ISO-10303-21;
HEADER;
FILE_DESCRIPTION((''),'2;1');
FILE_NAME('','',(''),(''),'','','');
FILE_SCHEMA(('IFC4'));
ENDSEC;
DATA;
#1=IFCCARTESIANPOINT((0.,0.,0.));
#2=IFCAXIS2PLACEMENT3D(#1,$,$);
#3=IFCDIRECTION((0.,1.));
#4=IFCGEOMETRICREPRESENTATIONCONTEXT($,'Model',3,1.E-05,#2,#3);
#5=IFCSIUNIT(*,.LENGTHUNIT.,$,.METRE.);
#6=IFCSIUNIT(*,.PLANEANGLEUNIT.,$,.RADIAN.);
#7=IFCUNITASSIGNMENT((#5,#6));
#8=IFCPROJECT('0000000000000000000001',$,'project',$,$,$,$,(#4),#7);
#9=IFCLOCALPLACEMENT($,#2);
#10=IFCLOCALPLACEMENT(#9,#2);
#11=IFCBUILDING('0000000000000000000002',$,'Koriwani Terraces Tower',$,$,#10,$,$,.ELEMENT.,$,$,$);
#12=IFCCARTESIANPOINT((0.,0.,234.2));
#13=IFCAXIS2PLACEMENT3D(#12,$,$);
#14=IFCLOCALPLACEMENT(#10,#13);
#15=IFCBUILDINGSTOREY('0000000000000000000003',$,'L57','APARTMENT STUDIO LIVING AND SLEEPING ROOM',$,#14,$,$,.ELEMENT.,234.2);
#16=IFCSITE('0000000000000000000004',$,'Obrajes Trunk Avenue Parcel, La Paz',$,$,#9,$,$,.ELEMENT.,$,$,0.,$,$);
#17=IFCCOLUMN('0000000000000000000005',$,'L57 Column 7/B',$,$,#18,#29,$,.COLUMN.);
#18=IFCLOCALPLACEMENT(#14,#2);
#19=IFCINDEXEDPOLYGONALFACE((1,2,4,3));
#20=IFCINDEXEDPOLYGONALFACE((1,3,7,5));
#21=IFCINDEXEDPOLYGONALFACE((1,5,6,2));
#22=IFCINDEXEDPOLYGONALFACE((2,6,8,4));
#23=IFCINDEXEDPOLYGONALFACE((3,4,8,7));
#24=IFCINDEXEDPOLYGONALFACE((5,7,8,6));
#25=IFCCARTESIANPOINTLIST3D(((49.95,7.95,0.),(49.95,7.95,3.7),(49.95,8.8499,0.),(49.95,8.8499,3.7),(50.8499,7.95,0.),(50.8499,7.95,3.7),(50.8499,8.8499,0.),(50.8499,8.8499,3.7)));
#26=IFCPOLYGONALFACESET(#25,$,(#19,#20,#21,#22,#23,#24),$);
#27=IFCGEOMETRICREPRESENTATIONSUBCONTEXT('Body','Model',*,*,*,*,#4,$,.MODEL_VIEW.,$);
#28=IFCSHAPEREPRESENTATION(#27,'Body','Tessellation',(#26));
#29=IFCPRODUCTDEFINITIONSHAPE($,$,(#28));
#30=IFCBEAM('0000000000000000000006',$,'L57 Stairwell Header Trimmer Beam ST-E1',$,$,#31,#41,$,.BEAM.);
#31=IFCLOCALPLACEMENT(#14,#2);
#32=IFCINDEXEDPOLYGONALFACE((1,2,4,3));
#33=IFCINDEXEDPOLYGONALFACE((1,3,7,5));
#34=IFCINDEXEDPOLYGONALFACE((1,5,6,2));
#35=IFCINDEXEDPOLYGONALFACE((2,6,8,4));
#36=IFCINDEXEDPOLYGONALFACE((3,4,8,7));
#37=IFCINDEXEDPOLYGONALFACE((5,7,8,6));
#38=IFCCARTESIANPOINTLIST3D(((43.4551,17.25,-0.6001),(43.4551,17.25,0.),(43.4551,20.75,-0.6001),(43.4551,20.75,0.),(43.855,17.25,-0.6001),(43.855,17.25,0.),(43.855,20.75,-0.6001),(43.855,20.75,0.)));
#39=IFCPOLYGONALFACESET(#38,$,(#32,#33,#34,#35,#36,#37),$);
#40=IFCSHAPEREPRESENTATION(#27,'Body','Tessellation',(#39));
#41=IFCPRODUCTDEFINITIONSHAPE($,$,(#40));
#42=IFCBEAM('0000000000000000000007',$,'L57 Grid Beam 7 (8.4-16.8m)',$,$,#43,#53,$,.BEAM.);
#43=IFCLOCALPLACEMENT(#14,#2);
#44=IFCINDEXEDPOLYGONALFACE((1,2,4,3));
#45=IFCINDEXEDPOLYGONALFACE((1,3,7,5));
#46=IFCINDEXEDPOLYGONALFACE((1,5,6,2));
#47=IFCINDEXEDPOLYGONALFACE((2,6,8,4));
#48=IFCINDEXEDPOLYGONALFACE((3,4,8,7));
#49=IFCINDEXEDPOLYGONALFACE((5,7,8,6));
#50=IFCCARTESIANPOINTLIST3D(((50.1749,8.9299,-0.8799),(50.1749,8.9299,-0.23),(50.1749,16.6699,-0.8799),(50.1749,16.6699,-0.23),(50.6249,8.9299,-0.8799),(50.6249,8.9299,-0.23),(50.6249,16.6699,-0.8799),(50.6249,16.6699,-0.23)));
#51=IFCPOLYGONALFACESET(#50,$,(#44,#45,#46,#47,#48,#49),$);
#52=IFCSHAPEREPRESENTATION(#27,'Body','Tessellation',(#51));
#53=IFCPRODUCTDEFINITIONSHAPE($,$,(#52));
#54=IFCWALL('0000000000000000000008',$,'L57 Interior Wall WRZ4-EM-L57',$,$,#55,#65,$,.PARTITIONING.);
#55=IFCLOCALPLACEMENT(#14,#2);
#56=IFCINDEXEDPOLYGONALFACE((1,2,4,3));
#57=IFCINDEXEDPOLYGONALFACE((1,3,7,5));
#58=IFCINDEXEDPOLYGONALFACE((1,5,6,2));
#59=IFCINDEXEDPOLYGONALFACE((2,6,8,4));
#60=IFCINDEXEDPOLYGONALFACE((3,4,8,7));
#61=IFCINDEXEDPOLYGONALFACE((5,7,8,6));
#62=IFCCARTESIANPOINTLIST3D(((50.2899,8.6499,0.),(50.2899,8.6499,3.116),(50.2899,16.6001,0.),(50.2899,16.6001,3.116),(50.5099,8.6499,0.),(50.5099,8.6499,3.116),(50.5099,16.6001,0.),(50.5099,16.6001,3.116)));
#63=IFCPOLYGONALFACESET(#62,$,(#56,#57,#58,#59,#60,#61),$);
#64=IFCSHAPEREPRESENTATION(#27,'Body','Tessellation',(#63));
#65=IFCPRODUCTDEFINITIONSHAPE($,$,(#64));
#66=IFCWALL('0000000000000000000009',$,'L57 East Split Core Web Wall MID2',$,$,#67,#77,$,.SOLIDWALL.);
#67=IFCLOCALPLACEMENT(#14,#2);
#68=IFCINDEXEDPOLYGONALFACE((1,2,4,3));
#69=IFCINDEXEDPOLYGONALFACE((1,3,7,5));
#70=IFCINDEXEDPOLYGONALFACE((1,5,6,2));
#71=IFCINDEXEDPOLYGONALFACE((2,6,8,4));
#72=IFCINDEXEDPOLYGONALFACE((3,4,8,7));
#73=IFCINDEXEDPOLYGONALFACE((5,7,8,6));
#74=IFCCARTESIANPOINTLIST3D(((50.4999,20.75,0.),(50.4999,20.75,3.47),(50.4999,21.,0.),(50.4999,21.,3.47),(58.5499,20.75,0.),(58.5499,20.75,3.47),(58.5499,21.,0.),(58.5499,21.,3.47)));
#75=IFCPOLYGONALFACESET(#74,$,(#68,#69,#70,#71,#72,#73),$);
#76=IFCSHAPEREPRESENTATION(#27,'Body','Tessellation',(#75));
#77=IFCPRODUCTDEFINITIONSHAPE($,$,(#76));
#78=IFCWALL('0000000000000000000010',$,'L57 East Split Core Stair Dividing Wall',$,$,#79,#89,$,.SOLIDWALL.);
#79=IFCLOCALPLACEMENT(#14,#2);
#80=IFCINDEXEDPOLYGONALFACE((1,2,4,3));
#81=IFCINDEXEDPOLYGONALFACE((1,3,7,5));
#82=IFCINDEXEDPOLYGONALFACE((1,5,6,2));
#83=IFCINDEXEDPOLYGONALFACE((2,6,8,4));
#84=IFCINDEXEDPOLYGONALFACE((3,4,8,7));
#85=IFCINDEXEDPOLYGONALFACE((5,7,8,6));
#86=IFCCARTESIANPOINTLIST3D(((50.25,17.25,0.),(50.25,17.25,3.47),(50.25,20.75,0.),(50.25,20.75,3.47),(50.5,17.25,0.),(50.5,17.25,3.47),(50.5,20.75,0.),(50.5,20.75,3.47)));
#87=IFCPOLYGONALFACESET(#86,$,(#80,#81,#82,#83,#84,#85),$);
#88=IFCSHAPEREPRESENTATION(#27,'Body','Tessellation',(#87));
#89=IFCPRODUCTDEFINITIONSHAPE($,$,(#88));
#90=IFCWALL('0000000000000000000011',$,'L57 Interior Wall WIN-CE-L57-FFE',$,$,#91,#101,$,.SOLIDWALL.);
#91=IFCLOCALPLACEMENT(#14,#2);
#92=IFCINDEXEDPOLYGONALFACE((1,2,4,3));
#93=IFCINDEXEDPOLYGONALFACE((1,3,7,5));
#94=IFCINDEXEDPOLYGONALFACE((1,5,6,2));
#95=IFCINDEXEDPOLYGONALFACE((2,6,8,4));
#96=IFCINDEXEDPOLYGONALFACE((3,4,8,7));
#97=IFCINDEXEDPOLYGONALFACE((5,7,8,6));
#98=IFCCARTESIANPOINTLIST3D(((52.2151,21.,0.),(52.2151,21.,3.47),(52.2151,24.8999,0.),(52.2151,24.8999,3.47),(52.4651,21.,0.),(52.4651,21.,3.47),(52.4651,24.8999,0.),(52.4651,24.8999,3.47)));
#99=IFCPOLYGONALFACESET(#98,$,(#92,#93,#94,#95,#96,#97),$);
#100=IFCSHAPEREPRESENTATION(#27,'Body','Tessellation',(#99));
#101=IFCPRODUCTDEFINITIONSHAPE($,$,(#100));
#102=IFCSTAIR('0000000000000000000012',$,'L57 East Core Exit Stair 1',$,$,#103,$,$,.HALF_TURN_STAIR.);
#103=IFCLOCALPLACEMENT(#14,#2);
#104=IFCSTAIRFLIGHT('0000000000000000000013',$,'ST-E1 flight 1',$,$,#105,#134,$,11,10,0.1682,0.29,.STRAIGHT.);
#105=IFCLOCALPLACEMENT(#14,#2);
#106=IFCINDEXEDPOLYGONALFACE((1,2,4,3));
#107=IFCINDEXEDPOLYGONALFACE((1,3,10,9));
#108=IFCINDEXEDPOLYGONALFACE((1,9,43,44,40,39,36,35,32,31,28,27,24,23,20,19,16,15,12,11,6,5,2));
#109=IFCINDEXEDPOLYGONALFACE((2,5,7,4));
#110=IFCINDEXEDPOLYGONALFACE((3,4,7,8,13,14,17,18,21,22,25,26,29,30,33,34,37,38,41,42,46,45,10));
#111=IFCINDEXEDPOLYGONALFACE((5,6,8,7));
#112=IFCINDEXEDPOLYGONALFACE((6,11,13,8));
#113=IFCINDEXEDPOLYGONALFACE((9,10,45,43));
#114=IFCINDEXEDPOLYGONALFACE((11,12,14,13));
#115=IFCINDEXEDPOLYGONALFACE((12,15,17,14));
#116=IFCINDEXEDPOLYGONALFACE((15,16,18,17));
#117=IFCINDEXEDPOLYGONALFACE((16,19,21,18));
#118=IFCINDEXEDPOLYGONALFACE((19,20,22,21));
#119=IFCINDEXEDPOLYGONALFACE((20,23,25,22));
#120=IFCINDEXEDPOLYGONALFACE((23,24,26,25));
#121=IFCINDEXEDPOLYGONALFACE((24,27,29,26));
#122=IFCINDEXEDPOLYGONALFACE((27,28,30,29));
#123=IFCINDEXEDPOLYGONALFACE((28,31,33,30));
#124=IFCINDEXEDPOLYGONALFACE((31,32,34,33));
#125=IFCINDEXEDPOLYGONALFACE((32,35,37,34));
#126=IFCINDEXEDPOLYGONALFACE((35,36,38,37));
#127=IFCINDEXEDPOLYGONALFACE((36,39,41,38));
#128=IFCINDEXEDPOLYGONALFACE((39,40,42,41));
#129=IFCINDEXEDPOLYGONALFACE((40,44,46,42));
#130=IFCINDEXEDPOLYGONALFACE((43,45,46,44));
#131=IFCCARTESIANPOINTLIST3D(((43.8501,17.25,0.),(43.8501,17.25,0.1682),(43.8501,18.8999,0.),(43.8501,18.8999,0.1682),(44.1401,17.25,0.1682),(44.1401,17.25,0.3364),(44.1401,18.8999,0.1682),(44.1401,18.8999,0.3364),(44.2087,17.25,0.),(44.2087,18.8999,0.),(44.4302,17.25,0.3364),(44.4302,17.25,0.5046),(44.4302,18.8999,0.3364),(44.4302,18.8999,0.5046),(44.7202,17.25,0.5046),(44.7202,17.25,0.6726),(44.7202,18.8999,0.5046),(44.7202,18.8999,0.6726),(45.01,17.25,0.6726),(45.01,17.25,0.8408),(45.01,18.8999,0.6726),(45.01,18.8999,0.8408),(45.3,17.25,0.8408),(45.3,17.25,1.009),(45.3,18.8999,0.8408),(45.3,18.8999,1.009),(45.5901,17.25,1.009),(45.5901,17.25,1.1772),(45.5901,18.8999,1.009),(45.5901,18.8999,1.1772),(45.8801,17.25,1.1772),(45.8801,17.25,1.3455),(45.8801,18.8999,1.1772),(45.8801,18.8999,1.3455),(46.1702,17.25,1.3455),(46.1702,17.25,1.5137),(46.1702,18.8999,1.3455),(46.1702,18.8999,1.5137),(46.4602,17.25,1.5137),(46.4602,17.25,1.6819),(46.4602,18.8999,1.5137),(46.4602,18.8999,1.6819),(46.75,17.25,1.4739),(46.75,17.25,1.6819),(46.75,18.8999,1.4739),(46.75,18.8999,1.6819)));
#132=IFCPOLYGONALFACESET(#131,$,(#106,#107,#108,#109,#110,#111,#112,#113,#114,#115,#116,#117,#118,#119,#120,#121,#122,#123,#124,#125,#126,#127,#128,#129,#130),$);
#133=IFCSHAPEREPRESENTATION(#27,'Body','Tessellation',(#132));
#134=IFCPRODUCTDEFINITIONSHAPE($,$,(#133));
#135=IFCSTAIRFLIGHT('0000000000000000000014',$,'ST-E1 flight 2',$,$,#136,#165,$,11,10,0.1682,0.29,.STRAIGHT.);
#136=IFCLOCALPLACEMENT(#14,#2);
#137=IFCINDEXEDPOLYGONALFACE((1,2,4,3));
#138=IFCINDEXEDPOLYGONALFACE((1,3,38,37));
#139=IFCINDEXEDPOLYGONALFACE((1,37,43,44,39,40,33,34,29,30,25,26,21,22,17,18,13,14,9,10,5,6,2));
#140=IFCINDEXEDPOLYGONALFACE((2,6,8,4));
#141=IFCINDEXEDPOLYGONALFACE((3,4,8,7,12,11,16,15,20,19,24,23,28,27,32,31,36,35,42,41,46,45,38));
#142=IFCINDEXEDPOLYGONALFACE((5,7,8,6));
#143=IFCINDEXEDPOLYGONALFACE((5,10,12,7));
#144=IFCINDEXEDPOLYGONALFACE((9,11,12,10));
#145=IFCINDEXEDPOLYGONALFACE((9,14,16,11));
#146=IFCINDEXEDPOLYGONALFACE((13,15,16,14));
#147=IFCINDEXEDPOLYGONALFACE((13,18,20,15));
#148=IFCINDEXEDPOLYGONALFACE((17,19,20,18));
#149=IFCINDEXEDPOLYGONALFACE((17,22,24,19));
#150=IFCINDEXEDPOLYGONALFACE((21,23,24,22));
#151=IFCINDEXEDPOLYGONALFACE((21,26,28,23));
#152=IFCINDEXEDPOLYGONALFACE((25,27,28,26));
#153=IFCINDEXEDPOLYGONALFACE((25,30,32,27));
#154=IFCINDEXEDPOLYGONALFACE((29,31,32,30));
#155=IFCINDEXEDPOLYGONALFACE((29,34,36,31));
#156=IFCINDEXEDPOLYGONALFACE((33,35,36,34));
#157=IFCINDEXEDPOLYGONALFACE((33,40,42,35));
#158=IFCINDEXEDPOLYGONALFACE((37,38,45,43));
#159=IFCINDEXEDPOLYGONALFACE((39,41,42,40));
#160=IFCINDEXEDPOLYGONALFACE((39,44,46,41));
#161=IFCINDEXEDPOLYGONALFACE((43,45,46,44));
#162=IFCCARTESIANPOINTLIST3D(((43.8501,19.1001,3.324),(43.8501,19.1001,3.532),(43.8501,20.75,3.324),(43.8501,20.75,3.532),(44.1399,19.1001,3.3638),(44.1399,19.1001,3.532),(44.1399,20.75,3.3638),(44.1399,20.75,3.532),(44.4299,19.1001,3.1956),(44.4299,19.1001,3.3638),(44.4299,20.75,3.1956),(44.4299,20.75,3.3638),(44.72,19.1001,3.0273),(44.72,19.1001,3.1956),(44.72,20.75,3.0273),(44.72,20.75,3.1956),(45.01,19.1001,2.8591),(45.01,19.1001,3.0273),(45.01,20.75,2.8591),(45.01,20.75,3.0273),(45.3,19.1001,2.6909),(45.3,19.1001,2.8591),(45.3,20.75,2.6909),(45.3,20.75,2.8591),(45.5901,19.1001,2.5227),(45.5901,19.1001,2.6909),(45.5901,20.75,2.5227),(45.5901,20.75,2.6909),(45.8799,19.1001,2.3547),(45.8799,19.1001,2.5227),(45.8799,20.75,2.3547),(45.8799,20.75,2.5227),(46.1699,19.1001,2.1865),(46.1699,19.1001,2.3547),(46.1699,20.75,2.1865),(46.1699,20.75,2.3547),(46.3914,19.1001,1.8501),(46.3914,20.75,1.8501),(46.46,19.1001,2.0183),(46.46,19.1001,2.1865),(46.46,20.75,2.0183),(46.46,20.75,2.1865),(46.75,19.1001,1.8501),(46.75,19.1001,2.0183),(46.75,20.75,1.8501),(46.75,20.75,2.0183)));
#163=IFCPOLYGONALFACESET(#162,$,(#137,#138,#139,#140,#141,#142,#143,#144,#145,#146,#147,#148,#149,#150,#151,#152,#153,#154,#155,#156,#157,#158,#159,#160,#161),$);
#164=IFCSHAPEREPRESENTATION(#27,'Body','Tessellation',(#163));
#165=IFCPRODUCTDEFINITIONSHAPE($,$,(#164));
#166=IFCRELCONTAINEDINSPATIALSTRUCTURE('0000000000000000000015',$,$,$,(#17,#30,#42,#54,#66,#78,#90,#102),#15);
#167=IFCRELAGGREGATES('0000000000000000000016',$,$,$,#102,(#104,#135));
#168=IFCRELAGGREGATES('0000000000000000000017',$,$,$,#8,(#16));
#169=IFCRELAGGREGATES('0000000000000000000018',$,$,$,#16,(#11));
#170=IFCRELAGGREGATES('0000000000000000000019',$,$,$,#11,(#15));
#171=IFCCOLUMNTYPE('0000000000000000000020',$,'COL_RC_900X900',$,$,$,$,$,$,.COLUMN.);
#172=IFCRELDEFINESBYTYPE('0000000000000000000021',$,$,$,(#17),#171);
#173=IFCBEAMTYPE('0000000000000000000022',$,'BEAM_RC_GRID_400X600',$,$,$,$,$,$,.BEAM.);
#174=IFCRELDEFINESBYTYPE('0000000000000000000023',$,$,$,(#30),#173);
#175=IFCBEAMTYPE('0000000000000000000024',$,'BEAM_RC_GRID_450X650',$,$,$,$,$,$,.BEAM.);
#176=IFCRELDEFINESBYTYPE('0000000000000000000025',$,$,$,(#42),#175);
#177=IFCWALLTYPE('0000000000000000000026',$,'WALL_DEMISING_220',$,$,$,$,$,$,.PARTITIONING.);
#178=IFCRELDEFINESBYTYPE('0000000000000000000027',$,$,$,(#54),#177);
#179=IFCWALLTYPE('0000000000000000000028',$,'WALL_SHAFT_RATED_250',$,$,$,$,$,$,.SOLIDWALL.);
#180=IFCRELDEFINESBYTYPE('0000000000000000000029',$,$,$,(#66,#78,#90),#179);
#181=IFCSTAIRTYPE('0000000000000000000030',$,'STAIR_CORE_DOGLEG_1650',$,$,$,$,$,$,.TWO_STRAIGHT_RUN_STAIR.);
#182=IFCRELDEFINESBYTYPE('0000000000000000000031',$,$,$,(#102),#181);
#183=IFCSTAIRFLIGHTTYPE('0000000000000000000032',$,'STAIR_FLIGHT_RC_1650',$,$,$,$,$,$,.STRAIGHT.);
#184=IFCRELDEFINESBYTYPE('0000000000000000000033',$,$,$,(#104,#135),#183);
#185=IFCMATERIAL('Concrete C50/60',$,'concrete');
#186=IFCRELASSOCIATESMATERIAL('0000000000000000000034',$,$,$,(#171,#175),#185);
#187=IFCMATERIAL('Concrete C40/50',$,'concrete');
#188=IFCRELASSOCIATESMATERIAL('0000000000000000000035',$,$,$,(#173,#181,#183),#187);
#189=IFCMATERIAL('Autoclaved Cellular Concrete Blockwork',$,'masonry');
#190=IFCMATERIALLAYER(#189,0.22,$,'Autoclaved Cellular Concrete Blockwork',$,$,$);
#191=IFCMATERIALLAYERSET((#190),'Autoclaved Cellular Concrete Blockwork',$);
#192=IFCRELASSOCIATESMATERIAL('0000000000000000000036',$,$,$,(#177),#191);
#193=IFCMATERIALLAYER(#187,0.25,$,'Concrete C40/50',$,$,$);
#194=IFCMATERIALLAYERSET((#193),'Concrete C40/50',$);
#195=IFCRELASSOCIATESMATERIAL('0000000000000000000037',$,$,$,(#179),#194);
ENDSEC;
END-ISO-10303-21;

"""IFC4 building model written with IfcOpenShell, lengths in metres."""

from ifc_helpers import new_model, si_unit, direction, frame, frame_2d, origin, origin_2d, place, context, subcontext, project, spatial, polyline, rectangle, outline, extrude, material, layer, layer_set, material_profile, profile_set, type_object, element, aggregate, save


model = new_model("IFC4")

# Units and contexts
model_context = context("Model", 3, precision=1e-05, world=origin(), true_north=direction((0.0, 1.0)))
body_context = subcontext(model_context, "Body", "Model", "MODEL_VIEW")
ifc_project = project(units=[si_unit("LENGTHUNIT", "METRE"), si_unit("PLANEANGLEUNIT", "RADIAN")], contexts=[model_context])

# Site, building, storey
site_placement = place(None, origin())
site = spatial("IfcSite", under=ifc_project, at=site_placement, Name="Obrajes Trunk Avenue Parcel, La Paz", CompositionType="ELEMENT", RefElevation=0.0)
building_placement = place(site_placement, origin())
building = spatial("IfcBuilding", under=site, at=building_placement, Name="Koriwani Terraces Tower", CompositionType="ELEMENT")
storey_placement = place(building_placement, frame((0.0, 0.0, 234.2)))
storey = spatial("IfcBuildingStorey", under=building, at=storey_placement, Name="L57", Description="APARTMENT STUDIO LIVING AND SLEEPING ROOM", CompositionType="ELEMENT", Elevation=234.2)

# Column
ifc_material_1 = material(Name="Concrete C50/60", Category="concrete")
ifc_material_profile_1 = material_profile(ifc_material_1, rectangle(XDim=0.8999, YDim=0.8999, at=origin_2d()), Name="Concrete C50/60", Category="LoadBearing")
ifc_profile_set_1 = profile_set([ifc_material_profile_1], Name="Concrete C50/60")
column_type = type_object("IfcColumnType", Name="COL_RC_900X900", PredefinedType="COLUMN", material=ifc_profile_set_1)
column_placement = place(storey_placement, frame((50.3999, 8.3999, 0.0), z_axis=(0.0, 0.0, 1.0), x_axis=(1.0, 0.0, 0.0)))
element("IfcColumn", 1, at=column_placement, inside=storey, type_object=column_type, Name="L57 Column 7/B", PredefinedType="COLUMN", context=body_context, shape_type="SweptSolid", body=[
    extrude(rectangle(XDim=0.8999, YDim=0.8999, at=origin_2d()), origin(), (0.0, 0.0, 1.0), 3.7),
])

# Beams
ifc_material_2 = material(Name="Concrete C40/50", Category="concrete")
ifc_material_profile_2 = material_profile(ifc_material_2, rectangle(XDim=0.3999, YDim=0.6001, at=origin_2d()), Name="Concrete C40/50", Category="LoadBearing")
ifc_profile_set_2 = profile_set([ifc_material_profile_2], Name="Concrete C40/50")
beam_type_1 = type_object("IfcBeamType", Name="BEAM_RC_GRID_400X600", PredefinedType="BEAM", material=ifc_profile_set_2)
beam_1_placement = place(storey_placement, frame((43.655, 17.25, -0.3), z_axis=(0.0, 1.0, 0.0), x_axis=(-1.0, 0.0, 0.0)))
element("IfcBeam", 2, at=beam_1_placement, inside=storey, type_object=beam_type_1, Name="L57 Stairwell Header Trimmer Beam ST-E1", PredefinedType="BEAM", context=body_context, shape_type="SweptSolid", body=[
    extrude(rectangle(XDim=0.3999, YDim=0.6001, at=origin_2d()), origin(), (0.0, 0.0, 1.0), 3.5),
])
ifc_material_profile_3 = material_profile(ifc_material_1, rectangle(XDim=0.45, YDim=0.6499, at=origin_2d()), Name="Concrete C50/60", Category="LoadBearing")
ifc_profile_set_3 = profile_set([ifc_material_profile_3], Name="Concrete C50/60")
beam_type_2 = type_object("IfcBeamType", Name="BEAM_RC_GRID_450X650", PredefinedType="BEAM", material=ifc_profile_set_3)
beam_2_placement = place(storey_placement, frame((50.3999, 8.9299, -0.5549), z_axis=(0.0, 1.0, 0.0), x_axis=(-1.0, 0.0, 0.0)))
element("IfcBeam", 3, at=beam_2_placement, inside=storey, type_object=beam_type_2, Name="L57 Grid Beam 7 (8.4-16.8m)", PredefinedType="BEAM", context=body_context, shape_type="SweptSolid", body=[
    extrude(rectangle(XDim=0.45, YDim=0.6499, at=origin_2d()), origin(), (0.0, 0.0, 1.0), 7.74),
])

# Walls
ifc_material_3 = material(Name="Autoclaved Cellular Concrete Blockwork", Category="masonry")
ifc_layer_1 = layer(ifc_material_3, 0.22, Name="Autoclaved Cellular Concrete Blockwork")
ifc_layer_set_1 = layer_set([ifc_layer_1], Name="Autoclaved Cellular Concrete Blockwork")
wall_type_1 = type_object("IfcWallType", Name="WALL_DEMISING_220", PredefinedType="PARTITIONING", material=ifc_layer_set_1)
wall_1_placement = place(storey_placement, frame((50.3999, 8.6499, 0.0), z_axis=(0.0, 0.0, 1.0), x_axis=(0.0, 1.0, 0.0)))
element("IfcWall", 4, at=wall_1_placement, inside=storey, type_object=wall_type_1, Name="L57 Interior Wall WRZ4-EM-L57", PredefinedType="PARTITIONING", context=body_context, shape_type="SweptSolid", body=[
    extrude(rectangle(XDim=7.9502, YDim=0.22, at=frame_2d((3.9751, 0.0))), origin(), (0.0, 0.0, 1.0), 3.116),
])
ifc_layer_2 = layer(ifc_material_2, 0.25, Name="Concrete C40/50")
ifc_layer_set_2 = layer_set([ifc_layer_2], Name="Concrete C40/50")
wall_type_2 = type_object("IfcWallType", Name="WALL_SHAFT_RATED_250", PredefinedType="SOLIDWALL", material=ifc_layer_set_2)
wall_2_placement = place(storey_placement, frame((50.5, 20.875, 0.0), z_axis=(0.0, 0.0, 1.0), x_axis=(1.0, 0.0, 0.0)))
element("IfcWall", 5, at=wall_2_placement, inside=storey, type_object=wall_type_2, Name="L57 East Split Core Web Wall MID2", PredefinedType="SOLIDWALL", context=body_context, shape_type="SweptSolid", body=[
    extrude(rectangle(XDim=8.05, YDim=0.25, at=frame_2d((4.0249, 0.0))), origin(), (0.0, 0.0, 1.0), 3.47),
])
wall_3_placement = place(storey_placement, frame((50.375, 17.25, 0.0), z_axis=(0.0, 0.0, 1.0), x_axis=(0.0, 1.0, 0.0)))
element("IfcWall", 6, at=wall_3_placement, inside=storey, type_object=wall_type_2, Name="L57 East Split Core Stair Dividing Wall", PredefinedType="SOLIDWALL", context=body_context, shape_type="SweptSolid", body=[
    extrude(rectangle(XDim=3.5, YDim=0.25, at=frame_2d((1.75, 0.0))), origin(), (0.0, 0.0, 1.0), 3.47),
])

# Wall
wall_4_placement = place(storey_placement, frame((52.3401, 21.0, 0.0), z_axis=(0.0, 0.0, 1.0), x_axis=(0.0, 1.0, 0.0)))
element("IfcWall", 7, at=wall_4_placement, inside=storey, type_object=wall_type_2, Name="L57 Interior Wall WIN-CE-L57-FFE", PredefinedType="SOLIDWALL", context=body_context, shape_type="SweptSolid", body=[
    extrude(rectangle(XDim=3.8999, YDim=0.25, at=frame_2d((1.95, 0.0))), origin(), (0.0, 0.0, 1.0), 3.47),
])

# Stair, stair flights
stair_type = type_object("IfcStairType", Name="STAIR_CORE_DOGLEG_1650", PredefinedType="TWO_STRAIGHT_RUN_STAIR", material=ifc_material_2)
stair_placement = place(storey_placement, origin())
stair = element("IfcStair", 8, at=stair_placement, inside=storey, type_object=stair_type, Name="L57 East Core Exit Stair 1", PredefinedType="HALF_TURN_STAIR")
stair_flight_type = type_object("IfcStairFlightType", Name="STAIR_FLIGHT_RC_1650", PredefinedType="STRAIGHT", material=ifc_material_2)
stair_flight_1_placement = place(storey_placement, frame((43.8501, 18.075, 0.0), z_axis=(0.0, 0.0, 1.0), x_axis=(1.0, 0.0, 0.0)))
stair_flight_1 = element("IfcStairFlight", 9, at=stair_flight_1_placement, type_object=stair_flight_type, Name="ST-E1 flight 1", NumberOfRisers=11, NumberOfTreads=10, PredefinedType="STRAIGHT", RiserHeight=0.1682, TreadLength=0.29, context=body_context, shape_type="SweptSolid", body=[
    extrude(outline(polyline([(0.0, 0.0), (0.0, 0.1682), (0.29, 0.1682), (0.29, 0.3364), (0.5801, 0.3364), (0.5801, 0.5046), (0.8701, 0.5046), (0.8701, 0.6726), (1.1599, 0.6726), (1.1599, 0.8408), (1.45, 0.8408), (1.45, 1.009), (1.74, 1.009), (1.74, 1.1772), (2.03, 1.1772), (2.03, 1.3455), (2.3201, 1.3455), (2.3201, 1.5137), (2.6101, 1.5137), (2.6101, 1.6819), (2.8999, 1.6819), (2.8999, 1.8501), (2.8999, 1.4739), (0.3586, 0.0), (0.0, 0.0)])), frame((0.0, 0.825, 0.0), z_axis=(0.0, -1.0, 0.0), x_axis=(1.0, 0.0, 0.0)), (0.0, 0.0, 1.0), 1.6499),
])
stair_flight_2_placement = place(storey_placement, frame((46.75, 19.925, 1.8501), z_axis=(0.0, 0.0, 1.0), x_axis=(-1.0, 0.0, 0.0)))
stair_flight_2 = element("IfcStairFlight", 10, at=stair_flight_2_placement, type_object=stair_flight_type, Name="ST-E1 flight 2", NumberOfRisers=11, NumberOfTreads=10, PredefinedType="STRAIGHT", RiserHeight=0.1682, TreadLength=0.29, context=body_context, shape_type="SweptSolid", body=[
    extrude(outline(polyline([(0.0, 0.0), (0.0, 0.1682), (0.29, 0.1682), (0.29, 0.3364), (0.5801, 0.3364), (0.5801, 0.5046), (0.8701, 0.5046), (0.8701, 0.6726), (1.1599, 0.6726), (1.1599, 0.8408), (1.45, 0.8408), (1.45, 1.009), (1.74, 1.009), (1.74, 1.1772), (2.03, 1.1772), (2.03, 1.3455), (2.3201, 1.3455), (2.3201, 1.5137), (2.6101, 1.5137), (2.6101, 1.6819), (2.8999, 1.6819), (2.8999, 1.8501), (2.8999, 1.4739), (0.3586, 0.0), (0.0, 0.0)])), frame((0.0, 0.825, 0.0), z_axis=(0.0, -1.0, 0.0), x_axis=(1.0, 0.0, 0.0)), (0.0, 0.0, 1.0), 1.6499),
])
aggregate(stair, [stair_flight_1, stair_flight_2])

save(model, "model.ifc")
